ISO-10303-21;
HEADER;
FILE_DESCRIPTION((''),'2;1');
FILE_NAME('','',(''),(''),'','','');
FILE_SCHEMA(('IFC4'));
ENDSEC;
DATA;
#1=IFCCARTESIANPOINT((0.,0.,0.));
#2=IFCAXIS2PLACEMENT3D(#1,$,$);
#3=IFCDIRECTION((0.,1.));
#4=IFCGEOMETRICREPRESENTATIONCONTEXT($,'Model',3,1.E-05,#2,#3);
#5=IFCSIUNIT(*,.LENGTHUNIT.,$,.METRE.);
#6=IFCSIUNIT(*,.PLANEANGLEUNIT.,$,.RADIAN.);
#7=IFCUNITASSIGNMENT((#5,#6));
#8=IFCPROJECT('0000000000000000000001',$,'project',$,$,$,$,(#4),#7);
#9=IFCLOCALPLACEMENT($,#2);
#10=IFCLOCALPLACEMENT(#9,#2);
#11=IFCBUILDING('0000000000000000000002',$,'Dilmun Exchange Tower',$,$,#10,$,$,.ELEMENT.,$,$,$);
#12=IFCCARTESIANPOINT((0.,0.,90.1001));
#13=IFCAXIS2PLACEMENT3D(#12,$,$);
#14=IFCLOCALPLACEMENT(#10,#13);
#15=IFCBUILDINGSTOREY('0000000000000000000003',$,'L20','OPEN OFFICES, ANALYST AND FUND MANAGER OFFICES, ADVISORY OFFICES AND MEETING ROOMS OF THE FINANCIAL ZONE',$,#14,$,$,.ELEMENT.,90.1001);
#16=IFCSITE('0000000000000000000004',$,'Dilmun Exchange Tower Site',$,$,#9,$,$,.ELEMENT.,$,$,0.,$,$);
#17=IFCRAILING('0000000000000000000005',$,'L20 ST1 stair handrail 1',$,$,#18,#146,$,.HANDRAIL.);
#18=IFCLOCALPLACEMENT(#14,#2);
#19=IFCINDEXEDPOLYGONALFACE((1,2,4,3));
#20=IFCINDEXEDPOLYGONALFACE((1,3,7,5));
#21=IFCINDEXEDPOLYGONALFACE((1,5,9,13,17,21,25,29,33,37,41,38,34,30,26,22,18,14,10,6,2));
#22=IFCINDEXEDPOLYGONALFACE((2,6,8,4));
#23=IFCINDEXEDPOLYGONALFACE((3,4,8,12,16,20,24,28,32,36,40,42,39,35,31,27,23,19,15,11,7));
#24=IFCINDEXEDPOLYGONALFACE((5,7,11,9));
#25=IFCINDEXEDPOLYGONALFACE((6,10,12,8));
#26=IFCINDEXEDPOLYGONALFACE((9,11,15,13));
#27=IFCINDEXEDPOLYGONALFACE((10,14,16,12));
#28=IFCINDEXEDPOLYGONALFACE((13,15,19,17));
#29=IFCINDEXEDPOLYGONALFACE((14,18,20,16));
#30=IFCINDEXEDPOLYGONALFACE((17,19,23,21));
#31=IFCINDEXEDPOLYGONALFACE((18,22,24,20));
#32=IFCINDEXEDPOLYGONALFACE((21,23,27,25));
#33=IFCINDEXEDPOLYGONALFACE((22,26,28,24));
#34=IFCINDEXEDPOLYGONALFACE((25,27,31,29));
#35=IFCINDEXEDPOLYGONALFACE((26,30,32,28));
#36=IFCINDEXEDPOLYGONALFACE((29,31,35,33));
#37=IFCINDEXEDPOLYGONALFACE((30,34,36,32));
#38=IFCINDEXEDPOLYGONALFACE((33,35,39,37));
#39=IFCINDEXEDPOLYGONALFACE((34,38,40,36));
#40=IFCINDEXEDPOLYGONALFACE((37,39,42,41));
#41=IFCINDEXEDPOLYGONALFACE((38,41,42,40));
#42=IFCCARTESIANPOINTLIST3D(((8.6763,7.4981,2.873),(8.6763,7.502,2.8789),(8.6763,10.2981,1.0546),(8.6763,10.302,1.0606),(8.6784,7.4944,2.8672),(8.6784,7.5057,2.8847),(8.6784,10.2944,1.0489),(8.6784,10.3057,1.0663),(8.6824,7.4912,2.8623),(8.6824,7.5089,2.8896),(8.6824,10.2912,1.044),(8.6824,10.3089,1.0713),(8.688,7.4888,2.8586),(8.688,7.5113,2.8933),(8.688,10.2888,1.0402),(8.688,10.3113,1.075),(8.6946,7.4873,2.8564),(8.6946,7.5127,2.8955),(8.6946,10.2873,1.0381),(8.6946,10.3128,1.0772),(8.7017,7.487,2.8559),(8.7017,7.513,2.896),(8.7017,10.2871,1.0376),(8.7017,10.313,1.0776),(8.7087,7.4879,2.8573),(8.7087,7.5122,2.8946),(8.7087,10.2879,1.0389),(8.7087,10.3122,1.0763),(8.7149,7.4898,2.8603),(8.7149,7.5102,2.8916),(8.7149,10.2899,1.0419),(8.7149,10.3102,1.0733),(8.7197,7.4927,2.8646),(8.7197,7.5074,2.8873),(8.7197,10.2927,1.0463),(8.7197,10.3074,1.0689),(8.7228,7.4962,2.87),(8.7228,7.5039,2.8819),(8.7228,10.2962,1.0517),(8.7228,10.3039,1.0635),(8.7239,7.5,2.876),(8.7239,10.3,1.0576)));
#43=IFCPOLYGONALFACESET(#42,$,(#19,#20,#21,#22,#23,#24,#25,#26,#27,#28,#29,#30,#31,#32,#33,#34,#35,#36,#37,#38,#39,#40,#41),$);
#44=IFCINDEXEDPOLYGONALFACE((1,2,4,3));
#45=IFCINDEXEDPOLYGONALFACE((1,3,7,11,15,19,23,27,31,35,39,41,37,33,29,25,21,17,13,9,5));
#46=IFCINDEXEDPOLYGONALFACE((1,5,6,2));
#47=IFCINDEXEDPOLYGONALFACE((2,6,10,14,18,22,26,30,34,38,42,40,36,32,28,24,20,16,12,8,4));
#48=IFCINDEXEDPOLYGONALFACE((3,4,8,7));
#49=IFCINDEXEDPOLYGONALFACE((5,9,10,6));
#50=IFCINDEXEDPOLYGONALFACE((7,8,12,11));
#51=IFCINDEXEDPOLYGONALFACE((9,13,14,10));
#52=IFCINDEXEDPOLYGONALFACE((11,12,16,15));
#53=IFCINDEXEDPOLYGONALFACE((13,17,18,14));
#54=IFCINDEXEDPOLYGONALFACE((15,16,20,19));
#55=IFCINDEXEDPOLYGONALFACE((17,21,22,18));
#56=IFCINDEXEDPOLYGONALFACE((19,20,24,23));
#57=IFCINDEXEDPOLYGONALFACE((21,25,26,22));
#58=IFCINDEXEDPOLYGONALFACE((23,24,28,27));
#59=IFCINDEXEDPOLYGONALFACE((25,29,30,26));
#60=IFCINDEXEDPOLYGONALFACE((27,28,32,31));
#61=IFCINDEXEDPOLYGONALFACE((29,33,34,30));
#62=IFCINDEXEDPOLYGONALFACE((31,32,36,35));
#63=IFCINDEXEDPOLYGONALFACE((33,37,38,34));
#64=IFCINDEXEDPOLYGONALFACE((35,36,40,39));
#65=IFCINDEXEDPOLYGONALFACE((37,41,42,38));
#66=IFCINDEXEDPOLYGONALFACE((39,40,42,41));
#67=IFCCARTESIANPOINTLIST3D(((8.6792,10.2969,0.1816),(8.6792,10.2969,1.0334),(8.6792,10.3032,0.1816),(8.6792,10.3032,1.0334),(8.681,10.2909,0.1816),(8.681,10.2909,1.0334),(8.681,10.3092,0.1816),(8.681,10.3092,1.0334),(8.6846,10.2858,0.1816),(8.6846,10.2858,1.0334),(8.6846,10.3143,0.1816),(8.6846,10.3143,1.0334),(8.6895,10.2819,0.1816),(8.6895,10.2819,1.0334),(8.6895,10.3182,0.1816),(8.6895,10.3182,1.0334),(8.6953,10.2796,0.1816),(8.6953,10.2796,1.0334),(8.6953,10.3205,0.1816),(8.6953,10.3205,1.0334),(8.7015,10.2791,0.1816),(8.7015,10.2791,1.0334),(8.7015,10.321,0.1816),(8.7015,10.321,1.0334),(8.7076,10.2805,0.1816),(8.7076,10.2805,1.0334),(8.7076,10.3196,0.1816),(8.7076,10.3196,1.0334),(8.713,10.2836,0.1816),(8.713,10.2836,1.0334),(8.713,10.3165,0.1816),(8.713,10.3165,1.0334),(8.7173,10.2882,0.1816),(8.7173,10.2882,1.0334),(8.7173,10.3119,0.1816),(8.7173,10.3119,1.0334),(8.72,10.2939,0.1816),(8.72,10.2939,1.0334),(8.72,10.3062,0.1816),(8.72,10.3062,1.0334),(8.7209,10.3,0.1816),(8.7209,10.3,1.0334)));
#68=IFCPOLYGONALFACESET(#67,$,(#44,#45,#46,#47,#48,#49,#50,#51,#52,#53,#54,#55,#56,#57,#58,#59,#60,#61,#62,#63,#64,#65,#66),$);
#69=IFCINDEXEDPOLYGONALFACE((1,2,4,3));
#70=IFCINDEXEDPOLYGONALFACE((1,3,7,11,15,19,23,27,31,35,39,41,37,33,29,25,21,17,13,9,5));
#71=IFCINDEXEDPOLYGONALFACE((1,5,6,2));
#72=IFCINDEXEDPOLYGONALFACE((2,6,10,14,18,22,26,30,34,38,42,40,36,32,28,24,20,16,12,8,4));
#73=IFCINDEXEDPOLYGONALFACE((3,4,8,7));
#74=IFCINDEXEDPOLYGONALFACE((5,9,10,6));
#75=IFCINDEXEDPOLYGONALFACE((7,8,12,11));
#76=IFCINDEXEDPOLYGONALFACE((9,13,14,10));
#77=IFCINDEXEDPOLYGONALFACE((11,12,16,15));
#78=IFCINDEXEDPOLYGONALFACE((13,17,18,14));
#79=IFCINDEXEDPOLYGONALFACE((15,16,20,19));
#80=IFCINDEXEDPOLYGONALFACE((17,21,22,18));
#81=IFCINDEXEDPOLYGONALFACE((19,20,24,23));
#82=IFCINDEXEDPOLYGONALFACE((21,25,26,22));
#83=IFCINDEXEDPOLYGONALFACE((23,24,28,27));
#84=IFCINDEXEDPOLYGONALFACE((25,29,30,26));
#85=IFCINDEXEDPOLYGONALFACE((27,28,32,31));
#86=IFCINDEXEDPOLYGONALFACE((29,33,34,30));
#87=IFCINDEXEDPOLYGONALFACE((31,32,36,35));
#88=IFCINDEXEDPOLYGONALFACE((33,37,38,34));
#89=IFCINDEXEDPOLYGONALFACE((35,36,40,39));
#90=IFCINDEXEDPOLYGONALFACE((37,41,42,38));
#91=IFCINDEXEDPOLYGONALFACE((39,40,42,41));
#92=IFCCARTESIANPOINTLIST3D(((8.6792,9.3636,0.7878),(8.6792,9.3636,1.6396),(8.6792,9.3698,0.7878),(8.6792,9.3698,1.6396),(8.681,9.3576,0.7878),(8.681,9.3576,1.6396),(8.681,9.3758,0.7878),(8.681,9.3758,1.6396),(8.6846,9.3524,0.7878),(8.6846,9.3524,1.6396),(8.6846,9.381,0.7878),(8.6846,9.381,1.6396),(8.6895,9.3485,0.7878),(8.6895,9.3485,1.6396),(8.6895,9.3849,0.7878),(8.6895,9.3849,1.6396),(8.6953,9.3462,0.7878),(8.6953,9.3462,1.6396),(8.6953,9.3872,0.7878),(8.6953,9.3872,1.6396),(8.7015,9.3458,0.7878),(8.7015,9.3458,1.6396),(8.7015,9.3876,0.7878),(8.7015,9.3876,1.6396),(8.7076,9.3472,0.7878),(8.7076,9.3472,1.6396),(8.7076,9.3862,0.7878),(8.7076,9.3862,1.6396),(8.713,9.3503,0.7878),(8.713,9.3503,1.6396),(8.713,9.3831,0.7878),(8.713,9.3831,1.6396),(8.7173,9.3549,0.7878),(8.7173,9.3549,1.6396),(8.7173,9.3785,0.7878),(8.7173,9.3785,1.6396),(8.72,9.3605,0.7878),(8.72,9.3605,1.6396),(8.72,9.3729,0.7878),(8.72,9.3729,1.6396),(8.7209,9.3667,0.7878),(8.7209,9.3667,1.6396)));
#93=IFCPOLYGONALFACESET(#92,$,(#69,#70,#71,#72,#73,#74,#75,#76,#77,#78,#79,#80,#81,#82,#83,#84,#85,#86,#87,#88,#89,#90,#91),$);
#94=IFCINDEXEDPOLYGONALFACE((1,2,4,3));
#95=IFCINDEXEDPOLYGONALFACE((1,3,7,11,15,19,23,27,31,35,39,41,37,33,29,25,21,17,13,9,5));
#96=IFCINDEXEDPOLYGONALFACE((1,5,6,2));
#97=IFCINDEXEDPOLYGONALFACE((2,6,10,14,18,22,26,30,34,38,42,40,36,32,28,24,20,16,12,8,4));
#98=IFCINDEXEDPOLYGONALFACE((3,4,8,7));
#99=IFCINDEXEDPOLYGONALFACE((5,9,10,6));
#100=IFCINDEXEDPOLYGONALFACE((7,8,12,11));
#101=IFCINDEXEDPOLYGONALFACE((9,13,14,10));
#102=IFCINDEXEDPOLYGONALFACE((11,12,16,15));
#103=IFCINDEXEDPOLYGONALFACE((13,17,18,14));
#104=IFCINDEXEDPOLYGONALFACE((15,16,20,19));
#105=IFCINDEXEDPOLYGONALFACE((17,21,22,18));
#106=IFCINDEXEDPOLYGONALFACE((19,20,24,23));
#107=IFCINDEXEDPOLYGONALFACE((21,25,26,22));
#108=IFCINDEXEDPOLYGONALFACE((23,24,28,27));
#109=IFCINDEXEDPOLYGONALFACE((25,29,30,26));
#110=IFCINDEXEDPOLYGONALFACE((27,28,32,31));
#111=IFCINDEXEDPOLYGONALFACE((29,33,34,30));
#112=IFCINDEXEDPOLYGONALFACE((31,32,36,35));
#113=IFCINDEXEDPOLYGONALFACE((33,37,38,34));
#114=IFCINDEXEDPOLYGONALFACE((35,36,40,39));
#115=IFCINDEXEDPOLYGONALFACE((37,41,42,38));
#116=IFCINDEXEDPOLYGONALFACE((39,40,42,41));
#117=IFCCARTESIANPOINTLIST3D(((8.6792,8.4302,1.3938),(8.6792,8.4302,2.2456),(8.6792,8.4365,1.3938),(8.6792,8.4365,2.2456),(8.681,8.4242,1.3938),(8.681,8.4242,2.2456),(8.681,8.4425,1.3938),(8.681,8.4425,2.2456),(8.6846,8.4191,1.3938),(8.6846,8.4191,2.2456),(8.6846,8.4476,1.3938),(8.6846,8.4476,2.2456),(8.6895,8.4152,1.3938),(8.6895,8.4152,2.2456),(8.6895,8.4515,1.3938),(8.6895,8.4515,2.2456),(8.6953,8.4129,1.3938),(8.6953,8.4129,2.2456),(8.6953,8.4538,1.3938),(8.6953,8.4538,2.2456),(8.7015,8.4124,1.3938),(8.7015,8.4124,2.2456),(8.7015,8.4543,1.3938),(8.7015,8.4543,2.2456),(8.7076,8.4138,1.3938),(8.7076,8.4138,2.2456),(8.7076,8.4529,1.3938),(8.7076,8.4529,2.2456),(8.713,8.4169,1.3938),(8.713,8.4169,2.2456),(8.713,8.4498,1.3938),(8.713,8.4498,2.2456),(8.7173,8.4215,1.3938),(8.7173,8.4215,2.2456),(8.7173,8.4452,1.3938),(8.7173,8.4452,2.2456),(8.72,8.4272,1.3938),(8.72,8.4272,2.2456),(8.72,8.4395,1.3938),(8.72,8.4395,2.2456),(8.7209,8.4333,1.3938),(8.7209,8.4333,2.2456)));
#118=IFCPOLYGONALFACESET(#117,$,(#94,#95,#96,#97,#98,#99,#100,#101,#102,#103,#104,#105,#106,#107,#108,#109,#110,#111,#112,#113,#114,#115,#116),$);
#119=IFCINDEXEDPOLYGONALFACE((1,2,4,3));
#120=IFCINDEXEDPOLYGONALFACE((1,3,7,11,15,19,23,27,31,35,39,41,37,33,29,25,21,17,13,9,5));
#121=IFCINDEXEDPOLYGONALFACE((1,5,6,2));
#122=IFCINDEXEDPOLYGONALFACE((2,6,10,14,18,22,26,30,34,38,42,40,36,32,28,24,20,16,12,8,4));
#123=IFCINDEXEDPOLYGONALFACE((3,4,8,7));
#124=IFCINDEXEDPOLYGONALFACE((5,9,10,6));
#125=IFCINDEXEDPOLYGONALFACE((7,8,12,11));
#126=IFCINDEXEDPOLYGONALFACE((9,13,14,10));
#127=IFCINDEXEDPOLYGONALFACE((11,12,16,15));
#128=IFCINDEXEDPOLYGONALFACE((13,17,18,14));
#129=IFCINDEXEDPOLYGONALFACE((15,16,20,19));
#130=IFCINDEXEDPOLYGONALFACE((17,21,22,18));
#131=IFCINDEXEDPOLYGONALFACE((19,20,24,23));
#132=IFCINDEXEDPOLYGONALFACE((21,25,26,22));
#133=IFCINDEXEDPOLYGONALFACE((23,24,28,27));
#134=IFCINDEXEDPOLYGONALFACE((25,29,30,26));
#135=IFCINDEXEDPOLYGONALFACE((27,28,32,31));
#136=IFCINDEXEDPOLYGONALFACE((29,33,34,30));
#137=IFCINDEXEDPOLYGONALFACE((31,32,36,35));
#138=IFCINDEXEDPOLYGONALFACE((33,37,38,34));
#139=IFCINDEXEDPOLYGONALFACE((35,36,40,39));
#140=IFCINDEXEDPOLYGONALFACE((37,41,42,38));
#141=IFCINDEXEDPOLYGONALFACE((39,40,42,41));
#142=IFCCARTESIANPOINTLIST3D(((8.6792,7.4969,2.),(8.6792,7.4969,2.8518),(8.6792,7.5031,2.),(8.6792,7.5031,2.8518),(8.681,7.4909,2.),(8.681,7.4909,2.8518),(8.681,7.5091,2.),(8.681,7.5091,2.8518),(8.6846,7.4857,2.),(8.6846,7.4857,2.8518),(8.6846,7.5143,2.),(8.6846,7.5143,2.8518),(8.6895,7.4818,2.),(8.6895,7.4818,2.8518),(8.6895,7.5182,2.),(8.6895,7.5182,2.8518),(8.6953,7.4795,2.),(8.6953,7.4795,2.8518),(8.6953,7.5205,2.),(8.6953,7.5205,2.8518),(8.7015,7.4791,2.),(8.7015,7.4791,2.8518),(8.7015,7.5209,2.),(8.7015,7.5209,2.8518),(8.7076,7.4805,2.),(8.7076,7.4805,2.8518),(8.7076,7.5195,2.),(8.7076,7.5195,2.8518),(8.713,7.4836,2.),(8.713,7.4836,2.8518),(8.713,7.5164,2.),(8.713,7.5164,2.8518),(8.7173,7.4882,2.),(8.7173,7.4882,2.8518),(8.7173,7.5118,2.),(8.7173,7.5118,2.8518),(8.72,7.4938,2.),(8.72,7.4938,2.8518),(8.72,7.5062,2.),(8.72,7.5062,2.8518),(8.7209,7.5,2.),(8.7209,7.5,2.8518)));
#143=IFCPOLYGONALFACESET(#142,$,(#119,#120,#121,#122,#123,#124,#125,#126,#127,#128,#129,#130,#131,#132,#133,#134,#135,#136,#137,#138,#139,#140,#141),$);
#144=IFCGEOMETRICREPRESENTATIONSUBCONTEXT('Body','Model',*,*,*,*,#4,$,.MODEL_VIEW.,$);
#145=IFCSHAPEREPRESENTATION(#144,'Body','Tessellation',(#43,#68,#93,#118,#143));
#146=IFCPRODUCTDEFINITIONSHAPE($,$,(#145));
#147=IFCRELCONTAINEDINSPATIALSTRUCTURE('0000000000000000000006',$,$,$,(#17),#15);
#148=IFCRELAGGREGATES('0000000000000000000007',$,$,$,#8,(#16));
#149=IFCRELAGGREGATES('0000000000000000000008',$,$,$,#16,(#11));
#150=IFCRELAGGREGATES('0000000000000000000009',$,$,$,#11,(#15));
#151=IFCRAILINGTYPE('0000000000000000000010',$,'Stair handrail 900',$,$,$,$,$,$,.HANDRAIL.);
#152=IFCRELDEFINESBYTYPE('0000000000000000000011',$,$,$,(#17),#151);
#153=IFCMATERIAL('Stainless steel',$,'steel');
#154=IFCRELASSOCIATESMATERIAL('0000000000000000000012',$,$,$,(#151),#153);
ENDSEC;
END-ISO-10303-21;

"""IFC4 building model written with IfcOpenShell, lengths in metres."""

from ifc_helpers import new_model, si_unit, direction, frame, origin, origin_2d, place, context, subcontext, project, spatial, circle, extrude, material, type_object, element, save


model = new_model("IFC4")

# Units and contexts
model_context = context("Model", 3, precision=1e-05, world=origin(), true_north=direction((0.0, 1.0)))
body_context = subcontext(model_context, "Body", "Model", "MODEL_VIEW")
ifc_project = project(units=[si_unit("LENGTHUNIT", "METRE"), si_unit("PLANEANGLEUNIT", "RADIAN")], contexts=[model_context])

# Site, building, storey
site_placement = place(None, origin())
site = spatial("IfcSite", under=ifc_project, at=site_placement, Name="Dilmun Exchange Tower Site", CompositionType="ELEMENT", RefElevation=0.0)
building_placement = place(site_placement, origin())
building = spatial("IfcBuilding", under=site, at=building_placement, Name="Dilmun Exchange Tower", CompositionType="ELEMENT")
storey_placement = place(building_placement, frame((0.0, 0.0, 90.1001)))
storey = spatial("IfcBuildingStorey", under=building, at=storey_placement, Name="L20", Description="OPEN OFFICES, ANALYST AND FUND MANAGER OFFICES, ADVISORY OFFICES AND MEETING ROOMS OF THE FINANCIAL ZONE", CompositionType="ELEMENT", Elevation=90.1001)

# Railing
ifc_material_1 = material(Name="Stainless steel", Category="steel")
railing_type = type_object("IfcRailingType", Name="Stair handrail 900", PredefinedType="HANDRAIL", material=ifc_material_1)
railing_1_placement = place(storey_placement, frame((8.7, 10.3, 0.1816)))
element("IfcRailing", 1, at=railing_1_placement, inside=storey, type_object=railing_type, Name="L20 ST1 stair handrail 1", PredefinedType="HANDRAIL", context=body_context, shape_type="SweptSolid", body=[
    extrude(circle(Radius=0.0239, at=origin_2d()), frame((0.0, 0.0, 0.876), z_axis=(0.0, -0.838672, 0.544636), x_axis=(1.0, 0.0, 0.0)), (0.0, 0.0, 1.0), 3.3386),
    extrude(circle(Radius=0.021, at=origin_2d()), origin(), (0.0, 0.0, 1.0), 0.8518),
    extrude(circle(Radius=0.021, at=origin_2d()), frame((0.0, -0.9333, 0.6062)), (0.0, 0.0, 1.0), 0.8518),
    extrude(circle(Radius=0.021, at=origin_2d()), frame((0.0, -1.8667, 1.2122)), (0.0, 0.0, 1.0), 0.8518),
    extrude(circle(Radius=0.021, at=origin_2d()), frame((0.0, -2.8, 1.8184)), (0.0, 0.0, 1.0), 0.8518),
])

save(model, "model.ifc")
